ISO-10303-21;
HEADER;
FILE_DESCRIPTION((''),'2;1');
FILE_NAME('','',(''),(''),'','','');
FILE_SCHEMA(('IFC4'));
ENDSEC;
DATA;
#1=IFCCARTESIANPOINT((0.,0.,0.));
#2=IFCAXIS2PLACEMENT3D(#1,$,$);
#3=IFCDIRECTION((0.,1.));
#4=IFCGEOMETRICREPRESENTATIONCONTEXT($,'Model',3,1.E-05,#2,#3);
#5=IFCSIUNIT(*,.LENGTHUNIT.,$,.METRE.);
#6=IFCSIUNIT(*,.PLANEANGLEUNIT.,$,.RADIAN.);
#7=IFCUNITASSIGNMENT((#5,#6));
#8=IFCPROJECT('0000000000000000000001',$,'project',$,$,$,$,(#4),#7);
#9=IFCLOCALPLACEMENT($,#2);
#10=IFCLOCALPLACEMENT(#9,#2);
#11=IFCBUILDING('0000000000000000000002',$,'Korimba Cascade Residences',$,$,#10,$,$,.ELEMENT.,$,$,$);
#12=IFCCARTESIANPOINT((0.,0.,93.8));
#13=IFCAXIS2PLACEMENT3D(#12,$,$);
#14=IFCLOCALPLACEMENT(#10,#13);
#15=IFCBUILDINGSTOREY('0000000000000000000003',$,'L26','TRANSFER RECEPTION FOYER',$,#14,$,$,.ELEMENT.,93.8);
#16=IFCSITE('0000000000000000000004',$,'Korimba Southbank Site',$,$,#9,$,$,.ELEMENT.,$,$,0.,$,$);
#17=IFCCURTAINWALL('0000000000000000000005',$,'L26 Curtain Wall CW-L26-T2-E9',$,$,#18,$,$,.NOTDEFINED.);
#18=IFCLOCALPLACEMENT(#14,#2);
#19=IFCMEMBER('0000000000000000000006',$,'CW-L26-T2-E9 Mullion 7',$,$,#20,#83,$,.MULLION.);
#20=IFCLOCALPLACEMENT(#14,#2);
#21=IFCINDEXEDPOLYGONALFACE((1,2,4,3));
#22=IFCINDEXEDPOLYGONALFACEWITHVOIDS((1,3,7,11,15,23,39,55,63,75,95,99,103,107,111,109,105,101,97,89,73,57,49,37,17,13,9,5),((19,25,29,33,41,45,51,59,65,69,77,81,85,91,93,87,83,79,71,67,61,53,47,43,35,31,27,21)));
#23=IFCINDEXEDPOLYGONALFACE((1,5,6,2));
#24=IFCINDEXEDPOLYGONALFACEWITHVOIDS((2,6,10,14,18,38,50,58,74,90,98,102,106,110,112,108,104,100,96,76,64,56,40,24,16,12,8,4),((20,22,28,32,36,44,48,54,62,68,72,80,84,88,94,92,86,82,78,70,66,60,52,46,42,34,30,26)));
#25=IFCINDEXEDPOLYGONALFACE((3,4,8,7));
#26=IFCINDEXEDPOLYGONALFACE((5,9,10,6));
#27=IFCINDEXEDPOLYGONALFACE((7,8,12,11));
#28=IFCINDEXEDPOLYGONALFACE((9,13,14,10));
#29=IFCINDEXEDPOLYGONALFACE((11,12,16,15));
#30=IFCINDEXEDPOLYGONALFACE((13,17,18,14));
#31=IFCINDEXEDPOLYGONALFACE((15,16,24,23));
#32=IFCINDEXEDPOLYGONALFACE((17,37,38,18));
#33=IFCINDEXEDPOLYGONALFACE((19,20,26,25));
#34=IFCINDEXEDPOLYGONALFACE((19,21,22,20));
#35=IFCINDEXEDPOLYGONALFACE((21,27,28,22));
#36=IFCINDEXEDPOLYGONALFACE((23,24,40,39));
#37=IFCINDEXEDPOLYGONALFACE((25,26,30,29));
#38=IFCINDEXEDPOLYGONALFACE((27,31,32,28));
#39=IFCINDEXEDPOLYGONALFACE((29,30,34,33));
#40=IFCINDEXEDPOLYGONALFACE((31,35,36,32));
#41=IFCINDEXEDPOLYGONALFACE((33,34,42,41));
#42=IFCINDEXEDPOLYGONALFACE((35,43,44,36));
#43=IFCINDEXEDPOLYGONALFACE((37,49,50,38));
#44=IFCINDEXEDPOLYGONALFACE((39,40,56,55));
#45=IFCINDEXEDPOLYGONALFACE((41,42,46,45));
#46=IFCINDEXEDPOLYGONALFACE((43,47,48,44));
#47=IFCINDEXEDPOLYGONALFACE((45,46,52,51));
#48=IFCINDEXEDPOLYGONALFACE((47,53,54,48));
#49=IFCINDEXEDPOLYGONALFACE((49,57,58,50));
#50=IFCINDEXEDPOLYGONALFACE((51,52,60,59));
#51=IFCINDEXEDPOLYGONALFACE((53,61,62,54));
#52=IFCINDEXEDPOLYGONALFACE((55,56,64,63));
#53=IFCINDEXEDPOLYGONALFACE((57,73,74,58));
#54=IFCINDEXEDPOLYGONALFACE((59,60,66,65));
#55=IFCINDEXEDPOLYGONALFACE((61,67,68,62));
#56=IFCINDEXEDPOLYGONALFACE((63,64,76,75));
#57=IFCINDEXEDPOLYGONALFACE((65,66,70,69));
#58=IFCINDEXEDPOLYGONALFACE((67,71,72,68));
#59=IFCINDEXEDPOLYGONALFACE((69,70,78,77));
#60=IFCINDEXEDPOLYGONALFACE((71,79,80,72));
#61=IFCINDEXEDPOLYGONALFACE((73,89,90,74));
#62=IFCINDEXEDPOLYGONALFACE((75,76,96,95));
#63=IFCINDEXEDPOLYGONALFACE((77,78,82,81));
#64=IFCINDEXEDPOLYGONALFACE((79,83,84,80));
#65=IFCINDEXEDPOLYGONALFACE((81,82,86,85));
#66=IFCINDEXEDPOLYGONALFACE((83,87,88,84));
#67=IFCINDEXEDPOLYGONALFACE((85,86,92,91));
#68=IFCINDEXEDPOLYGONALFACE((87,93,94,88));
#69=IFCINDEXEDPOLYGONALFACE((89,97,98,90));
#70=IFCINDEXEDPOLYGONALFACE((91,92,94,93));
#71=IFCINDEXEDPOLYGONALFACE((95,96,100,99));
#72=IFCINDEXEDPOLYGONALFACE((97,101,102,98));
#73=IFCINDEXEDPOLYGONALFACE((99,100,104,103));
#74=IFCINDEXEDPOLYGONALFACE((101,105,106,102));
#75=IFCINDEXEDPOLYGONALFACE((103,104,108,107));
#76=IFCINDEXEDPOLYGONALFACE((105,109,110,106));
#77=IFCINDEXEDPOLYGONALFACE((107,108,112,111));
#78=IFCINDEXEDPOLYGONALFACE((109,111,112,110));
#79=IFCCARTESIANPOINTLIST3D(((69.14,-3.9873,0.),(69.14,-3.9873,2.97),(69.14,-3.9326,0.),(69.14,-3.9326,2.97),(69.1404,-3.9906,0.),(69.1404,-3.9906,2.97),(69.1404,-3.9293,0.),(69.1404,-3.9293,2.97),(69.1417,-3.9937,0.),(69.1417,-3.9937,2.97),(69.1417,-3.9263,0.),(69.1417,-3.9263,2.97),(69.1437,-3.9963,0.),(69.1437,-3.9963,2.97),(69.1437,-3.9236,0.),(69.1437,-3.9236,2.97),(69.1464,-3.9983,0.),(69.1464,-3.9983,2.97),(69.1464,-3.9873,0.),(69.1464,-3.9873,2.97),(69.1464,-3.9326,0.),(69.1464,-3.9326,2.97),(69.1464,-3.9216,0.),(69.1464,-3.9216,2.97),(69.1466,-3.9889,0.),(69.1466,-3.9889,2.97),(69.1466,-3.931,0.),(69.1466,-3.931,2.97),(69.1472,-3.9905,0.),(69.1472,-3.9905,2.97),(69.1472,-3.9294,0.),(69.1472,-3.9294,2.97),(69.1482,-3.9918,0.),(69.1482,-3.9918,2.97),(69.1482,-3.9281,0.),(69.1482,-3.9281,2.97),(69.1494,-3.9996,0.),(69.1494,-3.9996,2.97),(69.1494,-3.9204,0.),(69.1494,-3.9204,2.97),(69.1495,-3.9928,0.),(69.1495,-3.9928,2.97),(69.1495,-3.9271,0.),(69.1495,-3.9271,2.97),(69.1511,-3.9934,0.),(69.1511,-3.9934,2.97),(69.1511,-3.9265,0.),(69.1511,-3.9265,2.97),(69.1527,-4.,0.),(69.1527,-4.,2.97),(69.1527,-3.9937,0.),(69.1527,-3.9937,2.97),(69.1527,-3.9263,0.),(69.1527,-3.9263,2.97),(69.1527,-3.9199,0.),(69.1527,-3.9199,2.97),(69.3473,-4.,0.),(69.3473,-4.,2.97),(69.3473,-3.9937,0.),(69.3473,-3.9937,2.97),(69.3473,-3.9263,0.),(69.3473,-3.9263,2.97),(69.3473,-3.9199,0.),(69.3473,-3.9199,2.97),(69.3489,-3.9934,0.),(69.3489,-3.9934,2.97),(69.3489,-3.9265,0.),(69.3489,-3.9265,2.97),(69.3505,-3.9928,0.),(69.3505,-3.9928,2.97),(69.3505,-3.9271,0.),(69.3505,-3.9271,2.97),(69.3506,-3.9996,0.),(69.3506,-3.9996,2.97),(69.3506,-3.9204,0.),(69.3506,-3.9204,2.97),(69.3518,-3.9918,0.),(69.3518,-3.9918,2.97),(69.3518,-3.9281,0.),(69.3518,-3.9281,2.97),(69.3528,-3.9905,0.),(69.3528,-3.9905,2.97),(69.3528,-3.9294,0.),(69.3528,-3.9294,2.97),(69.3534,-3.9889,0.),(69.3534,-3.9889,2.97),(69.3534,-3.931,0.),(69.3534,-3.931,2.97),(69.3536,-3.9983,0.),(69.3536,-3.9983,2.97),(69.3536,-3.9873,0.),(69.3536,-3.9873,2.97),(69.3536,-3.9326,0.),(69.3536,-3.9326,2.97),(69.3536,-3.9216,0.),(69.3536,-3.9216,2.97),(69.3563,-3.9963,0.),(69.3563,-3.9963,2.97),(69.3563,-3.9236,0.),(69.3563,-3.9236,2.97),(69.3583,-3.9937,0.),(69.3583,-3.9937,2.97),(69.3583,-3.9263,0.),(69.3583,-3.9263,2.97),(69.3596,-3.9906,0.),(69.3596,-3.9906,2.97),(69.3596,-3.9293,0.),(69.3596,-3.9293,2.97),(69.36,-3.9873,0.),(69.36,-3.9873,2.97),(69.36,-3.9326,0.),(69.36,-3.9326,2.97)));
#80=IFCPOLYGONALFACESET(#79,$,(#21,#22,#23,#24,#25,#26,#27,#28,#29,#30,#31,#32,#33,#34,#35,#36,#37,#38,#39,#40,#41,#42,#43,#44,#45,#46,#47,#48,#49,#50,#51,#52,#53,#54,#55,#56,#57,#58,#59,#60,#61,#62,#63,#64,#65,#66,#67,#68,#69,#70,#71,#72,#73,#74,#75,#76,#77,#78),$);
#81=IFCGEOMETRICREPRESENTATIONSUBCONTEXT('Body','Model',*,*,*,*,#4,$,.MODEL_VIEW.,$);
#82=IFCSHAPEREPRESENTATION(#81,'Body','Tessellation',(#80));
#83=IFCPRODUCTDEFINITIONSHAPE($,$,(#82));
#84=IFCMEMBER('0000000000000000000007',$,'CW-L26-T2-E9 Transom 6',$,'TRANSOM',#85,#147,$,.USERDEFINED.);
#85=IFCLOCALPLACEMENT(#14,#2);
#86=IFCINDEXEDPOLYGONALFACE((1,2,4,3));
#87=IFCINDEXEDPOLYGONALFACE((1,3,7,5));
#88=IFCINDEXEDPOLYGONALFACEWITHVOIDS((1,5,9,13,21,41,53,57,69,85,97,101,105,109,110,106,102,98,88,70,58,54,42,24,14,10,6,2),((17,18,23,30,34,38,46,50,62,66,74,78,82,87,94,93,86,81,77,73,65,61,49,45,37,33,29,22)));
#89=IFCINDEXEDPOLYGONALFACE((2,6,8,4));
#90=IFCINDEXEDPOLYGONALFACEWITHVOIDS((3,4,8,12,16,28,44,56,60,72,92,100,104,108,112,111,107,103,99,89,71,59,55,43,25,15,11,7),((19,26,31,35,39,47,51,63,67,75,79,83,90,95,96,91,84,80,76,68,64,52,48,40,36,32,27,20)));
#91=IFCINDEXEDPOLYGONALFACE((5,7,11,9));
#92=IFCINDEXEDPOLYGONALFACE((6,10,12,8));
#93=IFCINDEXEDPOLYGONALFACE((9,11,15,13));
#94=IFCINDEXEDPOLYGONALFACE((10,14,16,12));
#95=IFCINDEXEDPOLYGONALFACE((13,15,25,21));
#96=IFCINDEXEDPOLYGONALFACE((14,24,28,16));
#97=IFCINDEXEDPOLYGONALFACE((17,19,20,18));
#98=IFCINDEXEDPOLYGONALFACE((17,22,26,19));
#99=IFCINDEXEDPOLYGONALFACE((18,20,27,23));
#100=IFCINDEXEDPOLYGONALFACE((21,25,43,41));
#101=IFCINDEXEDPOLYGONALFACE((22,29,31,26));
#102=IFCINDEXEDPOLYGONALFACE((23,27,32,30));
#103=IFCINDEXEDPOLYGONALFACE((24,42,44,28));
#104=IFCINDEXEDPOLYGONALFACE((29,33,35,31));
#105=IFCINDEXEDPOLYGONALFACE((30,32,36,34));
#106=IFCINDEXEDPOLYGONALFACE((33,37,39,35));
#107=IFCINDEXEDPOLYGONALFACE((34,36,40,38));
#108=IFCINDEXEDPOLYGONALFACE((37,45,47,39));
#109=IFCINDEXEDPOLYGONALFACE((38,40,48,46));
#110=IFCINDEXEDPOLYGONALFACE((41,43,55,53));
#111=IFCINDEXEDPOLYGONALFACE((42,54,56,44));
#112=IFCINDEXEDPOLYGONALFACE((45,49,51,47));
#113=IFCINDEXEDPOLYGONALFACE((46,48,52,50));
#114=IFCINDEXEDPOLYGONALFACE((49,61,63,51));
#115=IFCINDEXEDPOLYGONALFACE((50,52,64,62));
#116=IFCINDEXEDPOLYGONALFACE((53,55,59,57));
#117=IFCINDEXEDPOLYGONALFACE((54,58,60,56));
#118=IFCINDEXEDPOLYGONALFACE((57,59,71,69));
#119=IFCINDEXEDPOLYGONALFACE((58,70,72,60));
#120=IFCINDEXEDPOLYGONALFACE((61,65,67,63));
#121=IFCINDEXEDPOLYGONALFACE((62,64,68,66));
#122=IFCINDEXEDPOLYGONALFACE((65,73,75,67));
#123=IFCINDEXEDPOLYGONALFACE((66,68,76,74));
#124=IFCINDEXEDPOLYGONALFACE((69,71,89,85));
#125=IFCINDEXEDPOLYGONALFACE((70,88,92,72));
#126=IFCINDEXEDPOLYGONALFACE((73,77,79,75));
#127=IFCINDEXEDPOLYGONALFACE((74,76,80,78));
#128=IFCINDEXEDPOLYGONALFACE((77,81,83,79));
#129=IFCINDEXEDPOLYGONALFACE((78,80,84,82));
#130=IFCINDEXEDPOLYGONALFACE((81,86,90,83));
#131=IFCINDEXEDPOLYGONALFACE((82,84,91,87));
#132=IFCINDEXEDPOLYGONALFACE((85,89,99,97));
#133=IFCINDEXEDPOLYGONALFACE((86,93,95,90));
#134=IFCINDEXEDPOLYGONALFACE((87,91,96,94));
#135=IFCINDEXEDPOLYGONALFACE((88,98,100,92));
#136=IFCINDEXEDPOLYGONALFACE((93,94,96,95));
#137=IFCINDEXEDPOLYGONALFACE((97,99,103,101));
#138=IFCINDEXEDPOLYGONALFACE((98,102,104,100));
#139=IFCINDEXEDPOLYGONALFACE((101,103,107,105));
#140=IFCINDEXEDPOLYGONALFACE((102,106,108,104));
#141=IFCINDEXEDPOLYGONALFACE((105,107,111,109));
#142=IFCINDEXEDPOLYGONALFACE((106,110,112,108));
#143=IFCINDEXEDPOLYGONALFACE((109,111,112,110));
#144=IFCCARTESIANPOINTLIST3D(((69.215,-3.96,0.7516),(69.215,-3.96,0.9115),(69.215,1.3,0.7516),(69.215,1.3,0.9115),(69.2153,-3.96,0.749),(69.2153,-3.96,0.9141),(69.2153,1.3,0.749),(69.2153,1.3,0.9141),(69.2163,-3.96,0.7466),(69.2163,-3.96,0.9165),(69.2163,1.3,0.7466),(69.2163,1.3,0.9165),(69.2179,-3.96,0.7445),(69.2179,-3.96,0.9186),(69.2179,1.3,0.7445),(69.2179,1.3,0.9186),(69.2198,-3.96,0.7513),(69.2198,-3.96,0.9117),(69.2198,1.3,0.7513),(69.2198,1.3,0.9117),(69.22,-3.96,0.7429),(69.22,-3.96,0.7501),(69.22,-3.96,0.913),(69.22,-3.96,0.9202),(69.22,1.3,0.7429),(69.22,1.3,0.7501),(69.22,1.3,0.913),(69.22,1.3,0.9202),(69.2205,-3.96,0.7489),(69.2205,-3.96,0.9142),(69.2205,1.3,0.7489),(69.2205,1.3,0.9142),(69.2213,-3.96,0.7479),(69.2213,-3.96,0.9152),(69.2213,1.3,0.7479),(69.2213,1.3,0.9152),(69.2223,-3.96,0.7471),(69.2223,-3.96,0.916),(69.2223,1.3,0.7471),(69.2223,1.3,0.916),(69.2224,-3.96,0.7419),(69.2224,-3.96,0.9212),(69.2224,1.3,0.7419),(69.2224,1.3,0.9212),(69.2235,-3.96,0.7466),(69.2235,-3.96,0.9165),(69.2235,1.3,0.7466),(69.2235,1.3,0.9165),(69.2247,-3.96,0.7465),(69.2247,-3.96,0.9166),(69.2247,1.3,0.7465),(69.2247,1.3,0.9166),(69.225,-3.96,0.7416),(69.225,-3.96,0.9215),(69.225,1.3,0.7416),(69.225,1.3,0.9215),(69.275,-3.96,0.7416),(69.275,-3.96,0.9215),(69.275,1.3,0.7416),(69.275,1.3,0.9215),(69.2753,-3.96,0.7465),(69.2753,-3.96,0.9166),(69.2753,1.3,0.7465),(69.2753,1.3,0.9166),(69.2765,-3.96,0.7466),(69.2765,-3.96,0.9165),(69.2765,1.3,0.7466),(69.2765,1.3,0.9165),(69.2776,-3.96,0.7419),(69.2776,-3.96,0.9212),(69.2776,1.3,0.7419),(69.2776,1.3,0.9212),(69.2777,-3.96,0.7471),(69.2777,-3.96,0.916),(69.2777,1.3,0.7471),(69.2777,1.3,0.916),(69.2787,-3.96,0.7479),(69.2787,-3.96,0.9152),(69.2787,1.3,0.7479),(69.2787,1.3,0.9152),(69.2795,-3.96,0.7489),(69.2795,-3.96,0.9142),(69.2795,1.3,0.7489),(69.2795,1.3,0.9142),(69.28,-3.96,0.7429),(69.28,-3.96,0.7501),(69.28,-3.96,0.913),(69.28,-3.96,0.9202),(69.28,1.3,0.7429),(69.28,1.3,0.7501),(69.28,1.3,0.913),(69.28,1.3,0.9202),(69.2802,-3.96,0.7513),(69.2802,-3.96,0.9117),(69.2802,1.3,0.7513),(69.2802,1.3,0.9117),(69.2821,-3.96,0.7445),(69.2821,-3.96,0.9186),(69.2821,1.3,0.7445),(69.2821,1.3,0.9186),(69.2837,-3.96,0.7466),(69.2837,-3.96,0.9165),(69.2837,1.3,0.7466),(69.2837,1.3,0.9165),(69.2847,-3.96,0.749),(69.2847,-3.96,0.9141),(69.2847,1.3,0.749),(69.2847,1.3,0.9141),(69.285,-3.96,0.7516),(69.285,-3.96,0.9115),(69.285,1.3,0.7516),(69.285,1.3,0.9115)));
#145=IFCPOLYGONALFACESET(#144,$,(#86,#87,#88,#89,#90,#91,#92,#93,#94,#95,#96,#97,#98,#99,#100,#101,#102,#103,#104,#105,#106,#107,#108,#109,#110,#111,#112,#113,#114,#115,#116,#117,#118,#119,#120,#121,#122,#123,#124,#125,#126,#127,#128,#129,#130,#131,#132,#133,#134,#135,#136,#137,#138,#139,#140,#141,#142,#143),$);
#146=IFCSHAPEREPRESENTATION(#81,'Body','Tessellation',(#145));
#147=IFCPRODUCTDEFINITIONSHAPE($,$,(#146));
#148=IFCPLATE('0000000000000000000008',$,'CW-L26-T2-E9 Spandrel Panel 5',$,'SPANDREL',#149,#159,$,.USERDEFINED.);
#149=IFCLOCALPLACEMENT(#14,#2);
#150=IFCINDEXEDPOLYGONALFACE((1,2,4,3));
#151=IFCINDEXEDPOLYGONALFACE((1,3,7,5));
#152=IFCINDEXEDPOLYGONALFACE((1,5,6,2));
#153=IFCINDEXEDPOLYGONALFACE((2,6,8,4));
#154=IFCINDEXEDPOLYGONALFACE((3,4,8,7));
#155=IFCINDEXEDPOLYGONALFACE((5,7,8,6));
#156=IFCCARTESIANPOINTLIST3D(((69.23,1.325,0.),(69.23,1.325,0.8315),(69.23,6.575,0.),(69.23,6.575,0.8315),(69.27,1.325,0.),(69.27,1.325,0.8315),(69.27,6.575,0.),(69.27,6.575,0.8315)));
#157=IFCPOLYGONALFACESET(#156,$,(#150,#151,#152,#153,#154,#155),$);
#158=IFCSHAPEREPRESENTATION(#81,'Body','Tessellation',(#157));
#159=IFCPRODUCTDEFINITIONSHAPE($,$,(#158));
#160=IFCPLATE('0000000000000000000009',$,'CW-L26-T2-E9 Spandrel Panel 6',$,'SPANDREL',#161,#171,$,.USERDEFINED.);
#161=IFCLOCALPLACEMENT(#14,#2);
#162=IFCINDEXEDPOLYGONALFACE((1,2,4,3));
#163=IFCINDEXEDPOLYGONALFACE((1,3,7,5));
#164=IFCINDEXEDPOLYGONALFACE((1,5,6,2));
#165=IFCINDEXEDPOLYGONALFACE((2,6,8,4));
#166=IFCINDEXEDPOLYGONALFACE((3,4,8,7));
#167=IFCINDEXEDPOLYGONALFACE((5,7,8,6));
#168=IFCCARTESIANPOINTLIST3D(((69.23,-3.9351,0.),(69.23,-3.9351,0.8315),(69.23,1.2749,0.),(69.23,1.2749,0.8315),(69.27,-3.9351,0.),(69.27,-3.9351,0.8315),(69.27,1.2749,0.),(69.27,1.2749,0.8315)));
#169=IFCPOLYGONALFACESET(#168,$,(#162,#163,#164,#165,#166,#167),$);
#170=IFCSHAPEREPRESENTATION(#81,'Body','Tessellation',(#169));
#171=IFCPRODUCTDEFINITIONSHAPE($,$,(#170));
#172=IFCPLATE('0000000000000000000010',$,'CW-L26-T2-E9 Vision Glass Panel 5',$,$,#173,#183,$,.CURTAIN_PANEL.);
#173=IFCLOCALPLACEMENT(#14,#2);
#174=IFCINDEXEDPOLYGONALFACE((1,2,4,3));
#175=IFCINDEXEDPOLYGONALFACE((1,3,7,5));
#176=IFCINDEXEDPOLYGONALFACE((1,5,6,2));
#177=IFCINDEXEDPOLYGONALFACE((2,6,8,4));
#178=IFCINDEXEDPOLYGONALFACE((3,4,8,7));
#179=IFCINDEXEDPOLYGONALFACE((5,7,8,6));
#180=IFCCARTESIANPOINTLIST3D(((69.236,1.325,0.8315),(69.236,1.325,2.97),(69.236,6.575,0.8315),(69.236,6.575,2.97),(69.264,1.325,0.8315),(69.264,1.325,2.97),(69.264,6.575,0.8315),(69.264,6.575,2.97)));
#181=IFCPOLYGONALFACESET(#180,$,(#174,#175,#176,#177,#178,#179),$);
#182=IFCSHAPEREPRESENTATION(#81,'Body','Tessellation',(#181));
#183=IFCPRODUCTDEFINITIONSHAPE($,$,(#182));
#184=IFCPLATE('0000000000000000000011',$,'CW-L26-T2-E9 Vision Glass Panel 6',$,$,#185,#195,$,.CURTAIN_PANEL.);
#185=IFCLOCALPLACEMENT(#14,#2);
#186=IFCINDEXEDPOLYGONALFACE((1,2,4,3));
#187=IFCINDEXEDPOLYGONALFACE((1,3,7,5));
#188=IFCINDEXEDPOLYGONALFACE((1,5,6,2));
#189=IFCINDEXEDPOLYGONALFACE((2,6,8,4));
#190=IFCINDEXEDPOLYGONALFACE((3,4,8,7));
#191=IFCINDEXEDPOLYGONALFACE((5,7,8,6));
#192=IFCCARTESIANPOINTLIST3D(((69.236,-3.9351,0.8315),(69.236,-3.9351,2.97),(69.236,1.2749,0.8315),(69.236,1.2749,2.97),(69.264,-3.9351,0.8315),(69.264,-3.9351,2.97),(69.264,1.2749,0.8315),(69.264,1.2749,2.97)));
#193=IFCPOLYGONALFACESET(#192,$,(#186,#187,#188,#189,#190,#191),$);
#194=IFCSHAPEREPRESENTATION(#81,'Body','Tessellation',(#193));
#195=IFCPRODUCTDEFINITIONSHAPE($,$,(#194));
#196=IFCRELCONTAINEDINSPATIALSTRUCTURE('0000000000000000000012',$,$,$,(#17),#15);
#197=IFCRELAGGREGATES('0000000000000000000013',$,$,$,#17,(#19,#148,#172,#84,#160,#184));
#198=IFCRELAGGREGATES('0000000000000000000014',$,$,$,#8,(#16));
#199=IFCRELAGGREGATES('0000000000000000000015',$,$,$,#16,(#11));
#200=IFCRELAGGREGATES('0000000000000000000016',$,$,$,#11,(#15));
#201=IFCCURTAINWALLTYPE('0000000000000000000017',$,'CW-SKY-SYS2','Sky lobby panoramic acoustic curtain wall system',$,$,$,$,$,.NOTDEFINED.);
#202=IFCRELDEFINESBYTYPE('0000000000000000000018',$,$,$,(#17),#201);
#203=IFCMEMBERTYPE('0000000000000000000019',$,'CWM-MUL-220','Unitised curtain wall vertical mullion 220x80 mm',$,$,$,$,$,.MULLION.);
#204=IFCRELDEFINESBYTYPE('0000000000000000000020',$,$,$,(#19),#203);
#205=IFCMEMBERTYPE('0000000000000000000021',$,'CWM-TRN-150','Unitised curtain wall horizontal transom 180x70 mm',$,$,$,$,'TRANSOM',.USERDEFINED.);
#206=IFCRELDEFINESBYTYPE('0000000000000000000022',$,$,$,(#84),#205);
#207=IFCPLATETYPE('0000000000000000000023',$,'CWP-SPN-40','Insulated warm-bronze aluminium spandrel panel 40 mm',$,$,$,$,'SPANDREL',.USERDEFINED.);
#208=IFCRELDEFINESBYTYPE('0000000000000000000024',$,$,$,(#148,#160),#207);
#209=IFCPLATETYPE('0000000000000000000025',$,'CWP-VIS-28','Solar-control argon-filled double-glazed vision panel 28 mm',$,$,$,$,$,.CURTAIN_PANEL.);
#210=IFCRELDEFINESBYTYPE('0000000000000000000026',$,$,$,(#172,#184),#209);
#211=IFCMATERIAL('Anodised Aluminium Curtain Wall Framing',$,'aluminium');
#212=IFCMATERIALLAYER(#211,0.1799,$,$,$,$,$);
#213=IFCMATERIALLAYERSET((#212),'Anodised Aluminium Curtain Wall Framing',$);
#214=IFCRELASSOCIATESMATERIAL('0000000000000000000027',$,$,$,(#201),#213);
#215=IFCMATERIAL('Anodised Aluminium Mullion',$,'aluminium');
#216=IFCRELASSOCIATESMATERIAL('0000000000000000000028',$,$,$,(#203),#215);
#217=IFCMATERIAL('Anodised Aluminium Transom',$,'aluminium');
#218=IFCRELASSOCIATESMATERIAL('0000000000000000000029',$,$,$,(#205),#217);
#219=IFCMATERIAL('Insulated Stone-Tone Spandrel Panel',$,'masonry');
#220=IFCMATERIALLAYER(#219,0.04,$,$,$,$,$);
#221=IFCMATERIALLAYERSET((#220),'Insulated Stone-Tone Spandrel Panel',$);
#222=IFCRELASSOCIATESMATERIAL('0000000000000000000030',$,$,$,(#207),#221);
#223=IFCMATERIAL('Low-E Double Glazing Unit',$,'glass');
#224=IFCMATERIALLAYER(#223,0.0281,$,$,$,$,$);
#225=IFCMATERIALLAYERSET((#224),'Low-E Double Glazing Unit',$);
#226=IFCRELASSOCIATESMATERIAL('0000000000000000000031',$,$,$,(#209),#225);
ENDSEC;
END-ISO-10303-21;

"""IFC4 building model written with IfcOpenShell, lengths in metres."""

from ifc_helpers import new_model, si_unit, direction, frame, origin, origin_2d, place, context, subcontext, project, spatial, rectangle, hollow_rectangle, extrude, material, layer, layer_set, material_profile, profile_set, type_object, element, aggregate, save


model = new_model("IFC4")

# Units and contexts
model_context = context("Model", 3, precision=1e-05, world=origin(), true_north=direction((0.0, 1.0)))
body_context = subcontext(model_context, "Body", "Model", "MODEL_VIEW")
ifc_project = project(units=[si_unit("LENGTHUNIT", "METRE"), si_unit("PLANEANGLEUNIT", "RADIAN")], contexts=[model_context])

# Site, building, storey
site_placement = place(None, origin())
site = spatial("IfcSite", under=ifc_project, at=site_placement, Name="Korimba Southbank Site", CompositionType="ELEMENT", RefElevation=0.0)
building_placement = place(site_placement, origin())
building = spatial("IfcBuilding", under=site, at=building_placement, Name="Korimba Cascade Residences", CompositionType="ELEMENT")
storey_placement = place(building_placement, frame((0.0, 0.0, 93.8)))
storey = spatial("IfcBuildingStorey", under=building, at=storey_placement, Name="L26", Description="TRANSFER RECEPTION FOYER", CompositionType="ELEMENT", Elevation=93.8)

# Curtain wall, members, plates
ifc_material_1 = material(Name="Anodised Aluminium Curtain Wall Framing", Category="aluminium")
ifc_layer_1 = layer(ifc_material_1, 0.1799)
ifc_layer_set_1 = layer_set([ifc_layer_1], Name="Anodised Aluminium Curtain Wall Framing")
curtain_wall_type = type_object("IfcCurtainWallType", Name="CW-SKY-SYS2", Description="Sky lobby panoramic acoustic curtain wall system", PredefinedType="NOTDEFINED", material=ifc_layer_set_1)
curtain_wall_placement = place(storey_placement, origin())
curtain_wall = element("IfcCurtainWall", 1, at=curtain_wall_placement, inside=storey, type_object=curtain_wall_type, Name="L26 Curtain Wall CW-L26-T2-E9", PredefinedType="NOTDEFINED")
ifc_material_2 = material(Name="Anodised Aluminium Mullion", Category="aluminium")
ifc_material_profile_1 = material_profile(ifc_material_2, hollow_rectangle(XDim=0.0801, YDim=0.22, WallThickness=0.0063, InnerFilletRadius=0.0063, OuterFilletRadius=0.0127, at=origin_2d()), Name="Anodised Aluminium Mullion")
ifc_profile_set_1 = profile_set([ifc_material_profile_1], Name="Anodised Aluminium Mullion")
member_type_1 = type_object("IfcMemberType", Name="CWM-MUL-220", Description="Unitised curtain wall vertical mullion 220x80 mm", PredefinedType="MULLION", material=ifc_profile_set_1)
member_1_placement = place(storey_placement, frame((69.25, -3.96, 0.0), z_axis=(0.0, 0.0, 1.0), x_axis=(0.0, -1.0, 0.0)))
member_1 = element("IfcMember", 2, at=member_1_placement, type_object=member_type_1, Name="CW-L26-T2-E9 Mullion 7", PredefinedType="MULLION", context=body_context, shape_type="SweptSolid", body=[
    extrude(hollow_rectangle(XDim=0.0801, YDim=0.22, WallThickness=0.0063, InnerFilletRadius=0.0063, OuterFilletRadius=0.0127, at=origin_2d()), origin(), (0.0, 0.0, 1.0), 2.97),
])
ifc_material_3 = material(Name="Anodised Aluminium Transom", Category="aluminium")
ifc_material_profile_2 = material_profile(ifc_material_3, hollow_rectangle(XDim=0.0701, YDim=0.1799, WallThickness=0.0049, InnerFilletRadius=0.0049, OuterFilletRadius=0.01, at=origin_2d()), Name="Anodised Aluminium Transom")
ifc_profile_set_2 = profile_set([ifc_material_profile_2], Name="Anodised Aluminium Transom")
member_type_2 = type_object("IfcMemberType", Name="CWM-TRN-150", Description="Unitised curtain wall horizontal transom 180x70 mm", ElementType="TRANSOM", PredefinedType="USERDEFINED", material=ifc_profile_set_2)
member_2_placement = place(storey_placement, frame((69.25, 1.3, 0.8315), z_axis=(0.0, -1.0, 0.0), x_axis=(1.0, 0.0, 0.0)))
member_2 = element("IfcMember", 3, at=member_2_placement, type_object=member_type_2, Name="CW-L26-T2-E9 Transom 6", ObjectType="TRANSOM", PredefinedType="USERDEFINED", context=body_context, shape_type="SweptSolid", body=[
    extrude(hollow_rectangle(XDim=0.0701, YDim=0.1799, WallThickness=0.0049, InnerFilletRadius=0.0049, OuterFilletRadius=0.01, at=origin_2d()), origin(), (0.0, 0.0, 1.0), 5.26),
])
ifc_material_4 = material(Name="Insulated Stone-Tone Spandrel Panel", Category="masonry")
ifc_layer_2 = layer(ifc_material_4, 0.04)
ifc_layer_set_2 = layer_set([ifc_layer_2], Name="Insulated Stone-Tone Spandrel Panel")
plate_type_1 = type_object("IfcPlateType", Name="CWP-SPN-40", Description="Insulated warm-bronze aluminium spandrel panel 40 mm", ElementType="SPANDREL", PredefinedType="USERDEFINED", material=ifc_layer_set_2)
plate_1_placement = place(storey_placement, frame((69.25, 3.95, 0.0), z_axis=(0.0, 0.0, 1.0), x_axis=(0.0, -1.0, 0.0)))
plate_1 = element("IfcPlate", 4, at=plate_1_placement, type_object=plate_type_1, Name="CW-L26-T2-E9 Spandrel Panel 5", ObjectType="SPANDREL", PredefinedType="USERDEFINED", context=body_context, shape_type="SweptSolid", body=[
    extrude(rectangle(XDim=5.25, YDim=0.04, at=origin_2d()), origin(), (0.0, 0.0, 1.0), 0.8315),
])
plate_2_placement = place(storey_placement, frame((69.25, -1.3301, 0.0), z_axis=(0.0, 0.0, 1.0), x_axis=(0.0, -1.0, 0.0)))
plate_2 = element("IfcPlate", 5, at=plate_2_placement, type_object=plate_type_1, Name="CW-L26-T2-E9 Spandrel Panel 6", ObjectType="SPANDREL", PredefinedType="USERDEFINED", context=body_context, shape_type="SweptSolid", body=[
    extrude(rectangle(XDim=5.21, YDim=0.04, at=origin_2d()), origin(), (0.0, 0.0, 1.0), 0.8315),
])
ifc_material_5 = material(Name="Low-E Double Glazing Unit", Category="glass")
ifc_layer_3 = layer(ifc_material_5, 0.0281)
ifc_layer_set_3 = layer_set([ifc_layer_3], Name="Low-E Double Glazing Unit")
plate_type_2 = type_object("IfcPlateType", Name="CWP-VIS-28", Description="Solar-control argon-filled double-glazed vision panel 28 mm", PredefinedType="CURTAIN_PANEL", material=ifc_layer_set_3)
plate_3_placement = place(storey_placement, frame((69.25, 3.95, 0.8315), z_axis=(0.0, 0.0, 1.0), x_axis=(0.0, -1.0, 0.0)))
plate_3 = element("IfcPlate", 6, at=plate_3_placement, type_object=plate_type_2, Name="CW-L26-T2-E9 Vision Glass Panel 5", PredefinedType="CURTAIN_PANEL", context=body_context, shape_type="SweptSolid", body=[
    extrude(rectangle(XDim=5.25, YDim=0.0281, at=origin_2d()), origin(), (0.0, 0.0, 1.0), 2.1384),
])
plate_4_placement = place(storey_placement, frame((69.25, -1.3301, 0.8315), z_axis=(0.0, 0.0, 1.0), x_axis=(0.0, -1.0, 0.0)))
plate_4 = element("IfcPlate", 7, at=plate_4_placement, type_object=plate_type_2, Name="CW-L26-T2-E9 Vision Glass Panel 6", PredefinedType="CURTAIN_PANEL", context=body_context, shape_type="SweptSolid", body=[
    extrude(rectangle(XDim=5.21, YDim=0.0281, at=origin_2d()), origin(), (0.0, 0.0, 1.0), 2.1384),
])
aggregate(curtain_wall, [member_1, plate_1, plate_3, member_2, plate_2, plate_4])

save(model, "model.ifc")
